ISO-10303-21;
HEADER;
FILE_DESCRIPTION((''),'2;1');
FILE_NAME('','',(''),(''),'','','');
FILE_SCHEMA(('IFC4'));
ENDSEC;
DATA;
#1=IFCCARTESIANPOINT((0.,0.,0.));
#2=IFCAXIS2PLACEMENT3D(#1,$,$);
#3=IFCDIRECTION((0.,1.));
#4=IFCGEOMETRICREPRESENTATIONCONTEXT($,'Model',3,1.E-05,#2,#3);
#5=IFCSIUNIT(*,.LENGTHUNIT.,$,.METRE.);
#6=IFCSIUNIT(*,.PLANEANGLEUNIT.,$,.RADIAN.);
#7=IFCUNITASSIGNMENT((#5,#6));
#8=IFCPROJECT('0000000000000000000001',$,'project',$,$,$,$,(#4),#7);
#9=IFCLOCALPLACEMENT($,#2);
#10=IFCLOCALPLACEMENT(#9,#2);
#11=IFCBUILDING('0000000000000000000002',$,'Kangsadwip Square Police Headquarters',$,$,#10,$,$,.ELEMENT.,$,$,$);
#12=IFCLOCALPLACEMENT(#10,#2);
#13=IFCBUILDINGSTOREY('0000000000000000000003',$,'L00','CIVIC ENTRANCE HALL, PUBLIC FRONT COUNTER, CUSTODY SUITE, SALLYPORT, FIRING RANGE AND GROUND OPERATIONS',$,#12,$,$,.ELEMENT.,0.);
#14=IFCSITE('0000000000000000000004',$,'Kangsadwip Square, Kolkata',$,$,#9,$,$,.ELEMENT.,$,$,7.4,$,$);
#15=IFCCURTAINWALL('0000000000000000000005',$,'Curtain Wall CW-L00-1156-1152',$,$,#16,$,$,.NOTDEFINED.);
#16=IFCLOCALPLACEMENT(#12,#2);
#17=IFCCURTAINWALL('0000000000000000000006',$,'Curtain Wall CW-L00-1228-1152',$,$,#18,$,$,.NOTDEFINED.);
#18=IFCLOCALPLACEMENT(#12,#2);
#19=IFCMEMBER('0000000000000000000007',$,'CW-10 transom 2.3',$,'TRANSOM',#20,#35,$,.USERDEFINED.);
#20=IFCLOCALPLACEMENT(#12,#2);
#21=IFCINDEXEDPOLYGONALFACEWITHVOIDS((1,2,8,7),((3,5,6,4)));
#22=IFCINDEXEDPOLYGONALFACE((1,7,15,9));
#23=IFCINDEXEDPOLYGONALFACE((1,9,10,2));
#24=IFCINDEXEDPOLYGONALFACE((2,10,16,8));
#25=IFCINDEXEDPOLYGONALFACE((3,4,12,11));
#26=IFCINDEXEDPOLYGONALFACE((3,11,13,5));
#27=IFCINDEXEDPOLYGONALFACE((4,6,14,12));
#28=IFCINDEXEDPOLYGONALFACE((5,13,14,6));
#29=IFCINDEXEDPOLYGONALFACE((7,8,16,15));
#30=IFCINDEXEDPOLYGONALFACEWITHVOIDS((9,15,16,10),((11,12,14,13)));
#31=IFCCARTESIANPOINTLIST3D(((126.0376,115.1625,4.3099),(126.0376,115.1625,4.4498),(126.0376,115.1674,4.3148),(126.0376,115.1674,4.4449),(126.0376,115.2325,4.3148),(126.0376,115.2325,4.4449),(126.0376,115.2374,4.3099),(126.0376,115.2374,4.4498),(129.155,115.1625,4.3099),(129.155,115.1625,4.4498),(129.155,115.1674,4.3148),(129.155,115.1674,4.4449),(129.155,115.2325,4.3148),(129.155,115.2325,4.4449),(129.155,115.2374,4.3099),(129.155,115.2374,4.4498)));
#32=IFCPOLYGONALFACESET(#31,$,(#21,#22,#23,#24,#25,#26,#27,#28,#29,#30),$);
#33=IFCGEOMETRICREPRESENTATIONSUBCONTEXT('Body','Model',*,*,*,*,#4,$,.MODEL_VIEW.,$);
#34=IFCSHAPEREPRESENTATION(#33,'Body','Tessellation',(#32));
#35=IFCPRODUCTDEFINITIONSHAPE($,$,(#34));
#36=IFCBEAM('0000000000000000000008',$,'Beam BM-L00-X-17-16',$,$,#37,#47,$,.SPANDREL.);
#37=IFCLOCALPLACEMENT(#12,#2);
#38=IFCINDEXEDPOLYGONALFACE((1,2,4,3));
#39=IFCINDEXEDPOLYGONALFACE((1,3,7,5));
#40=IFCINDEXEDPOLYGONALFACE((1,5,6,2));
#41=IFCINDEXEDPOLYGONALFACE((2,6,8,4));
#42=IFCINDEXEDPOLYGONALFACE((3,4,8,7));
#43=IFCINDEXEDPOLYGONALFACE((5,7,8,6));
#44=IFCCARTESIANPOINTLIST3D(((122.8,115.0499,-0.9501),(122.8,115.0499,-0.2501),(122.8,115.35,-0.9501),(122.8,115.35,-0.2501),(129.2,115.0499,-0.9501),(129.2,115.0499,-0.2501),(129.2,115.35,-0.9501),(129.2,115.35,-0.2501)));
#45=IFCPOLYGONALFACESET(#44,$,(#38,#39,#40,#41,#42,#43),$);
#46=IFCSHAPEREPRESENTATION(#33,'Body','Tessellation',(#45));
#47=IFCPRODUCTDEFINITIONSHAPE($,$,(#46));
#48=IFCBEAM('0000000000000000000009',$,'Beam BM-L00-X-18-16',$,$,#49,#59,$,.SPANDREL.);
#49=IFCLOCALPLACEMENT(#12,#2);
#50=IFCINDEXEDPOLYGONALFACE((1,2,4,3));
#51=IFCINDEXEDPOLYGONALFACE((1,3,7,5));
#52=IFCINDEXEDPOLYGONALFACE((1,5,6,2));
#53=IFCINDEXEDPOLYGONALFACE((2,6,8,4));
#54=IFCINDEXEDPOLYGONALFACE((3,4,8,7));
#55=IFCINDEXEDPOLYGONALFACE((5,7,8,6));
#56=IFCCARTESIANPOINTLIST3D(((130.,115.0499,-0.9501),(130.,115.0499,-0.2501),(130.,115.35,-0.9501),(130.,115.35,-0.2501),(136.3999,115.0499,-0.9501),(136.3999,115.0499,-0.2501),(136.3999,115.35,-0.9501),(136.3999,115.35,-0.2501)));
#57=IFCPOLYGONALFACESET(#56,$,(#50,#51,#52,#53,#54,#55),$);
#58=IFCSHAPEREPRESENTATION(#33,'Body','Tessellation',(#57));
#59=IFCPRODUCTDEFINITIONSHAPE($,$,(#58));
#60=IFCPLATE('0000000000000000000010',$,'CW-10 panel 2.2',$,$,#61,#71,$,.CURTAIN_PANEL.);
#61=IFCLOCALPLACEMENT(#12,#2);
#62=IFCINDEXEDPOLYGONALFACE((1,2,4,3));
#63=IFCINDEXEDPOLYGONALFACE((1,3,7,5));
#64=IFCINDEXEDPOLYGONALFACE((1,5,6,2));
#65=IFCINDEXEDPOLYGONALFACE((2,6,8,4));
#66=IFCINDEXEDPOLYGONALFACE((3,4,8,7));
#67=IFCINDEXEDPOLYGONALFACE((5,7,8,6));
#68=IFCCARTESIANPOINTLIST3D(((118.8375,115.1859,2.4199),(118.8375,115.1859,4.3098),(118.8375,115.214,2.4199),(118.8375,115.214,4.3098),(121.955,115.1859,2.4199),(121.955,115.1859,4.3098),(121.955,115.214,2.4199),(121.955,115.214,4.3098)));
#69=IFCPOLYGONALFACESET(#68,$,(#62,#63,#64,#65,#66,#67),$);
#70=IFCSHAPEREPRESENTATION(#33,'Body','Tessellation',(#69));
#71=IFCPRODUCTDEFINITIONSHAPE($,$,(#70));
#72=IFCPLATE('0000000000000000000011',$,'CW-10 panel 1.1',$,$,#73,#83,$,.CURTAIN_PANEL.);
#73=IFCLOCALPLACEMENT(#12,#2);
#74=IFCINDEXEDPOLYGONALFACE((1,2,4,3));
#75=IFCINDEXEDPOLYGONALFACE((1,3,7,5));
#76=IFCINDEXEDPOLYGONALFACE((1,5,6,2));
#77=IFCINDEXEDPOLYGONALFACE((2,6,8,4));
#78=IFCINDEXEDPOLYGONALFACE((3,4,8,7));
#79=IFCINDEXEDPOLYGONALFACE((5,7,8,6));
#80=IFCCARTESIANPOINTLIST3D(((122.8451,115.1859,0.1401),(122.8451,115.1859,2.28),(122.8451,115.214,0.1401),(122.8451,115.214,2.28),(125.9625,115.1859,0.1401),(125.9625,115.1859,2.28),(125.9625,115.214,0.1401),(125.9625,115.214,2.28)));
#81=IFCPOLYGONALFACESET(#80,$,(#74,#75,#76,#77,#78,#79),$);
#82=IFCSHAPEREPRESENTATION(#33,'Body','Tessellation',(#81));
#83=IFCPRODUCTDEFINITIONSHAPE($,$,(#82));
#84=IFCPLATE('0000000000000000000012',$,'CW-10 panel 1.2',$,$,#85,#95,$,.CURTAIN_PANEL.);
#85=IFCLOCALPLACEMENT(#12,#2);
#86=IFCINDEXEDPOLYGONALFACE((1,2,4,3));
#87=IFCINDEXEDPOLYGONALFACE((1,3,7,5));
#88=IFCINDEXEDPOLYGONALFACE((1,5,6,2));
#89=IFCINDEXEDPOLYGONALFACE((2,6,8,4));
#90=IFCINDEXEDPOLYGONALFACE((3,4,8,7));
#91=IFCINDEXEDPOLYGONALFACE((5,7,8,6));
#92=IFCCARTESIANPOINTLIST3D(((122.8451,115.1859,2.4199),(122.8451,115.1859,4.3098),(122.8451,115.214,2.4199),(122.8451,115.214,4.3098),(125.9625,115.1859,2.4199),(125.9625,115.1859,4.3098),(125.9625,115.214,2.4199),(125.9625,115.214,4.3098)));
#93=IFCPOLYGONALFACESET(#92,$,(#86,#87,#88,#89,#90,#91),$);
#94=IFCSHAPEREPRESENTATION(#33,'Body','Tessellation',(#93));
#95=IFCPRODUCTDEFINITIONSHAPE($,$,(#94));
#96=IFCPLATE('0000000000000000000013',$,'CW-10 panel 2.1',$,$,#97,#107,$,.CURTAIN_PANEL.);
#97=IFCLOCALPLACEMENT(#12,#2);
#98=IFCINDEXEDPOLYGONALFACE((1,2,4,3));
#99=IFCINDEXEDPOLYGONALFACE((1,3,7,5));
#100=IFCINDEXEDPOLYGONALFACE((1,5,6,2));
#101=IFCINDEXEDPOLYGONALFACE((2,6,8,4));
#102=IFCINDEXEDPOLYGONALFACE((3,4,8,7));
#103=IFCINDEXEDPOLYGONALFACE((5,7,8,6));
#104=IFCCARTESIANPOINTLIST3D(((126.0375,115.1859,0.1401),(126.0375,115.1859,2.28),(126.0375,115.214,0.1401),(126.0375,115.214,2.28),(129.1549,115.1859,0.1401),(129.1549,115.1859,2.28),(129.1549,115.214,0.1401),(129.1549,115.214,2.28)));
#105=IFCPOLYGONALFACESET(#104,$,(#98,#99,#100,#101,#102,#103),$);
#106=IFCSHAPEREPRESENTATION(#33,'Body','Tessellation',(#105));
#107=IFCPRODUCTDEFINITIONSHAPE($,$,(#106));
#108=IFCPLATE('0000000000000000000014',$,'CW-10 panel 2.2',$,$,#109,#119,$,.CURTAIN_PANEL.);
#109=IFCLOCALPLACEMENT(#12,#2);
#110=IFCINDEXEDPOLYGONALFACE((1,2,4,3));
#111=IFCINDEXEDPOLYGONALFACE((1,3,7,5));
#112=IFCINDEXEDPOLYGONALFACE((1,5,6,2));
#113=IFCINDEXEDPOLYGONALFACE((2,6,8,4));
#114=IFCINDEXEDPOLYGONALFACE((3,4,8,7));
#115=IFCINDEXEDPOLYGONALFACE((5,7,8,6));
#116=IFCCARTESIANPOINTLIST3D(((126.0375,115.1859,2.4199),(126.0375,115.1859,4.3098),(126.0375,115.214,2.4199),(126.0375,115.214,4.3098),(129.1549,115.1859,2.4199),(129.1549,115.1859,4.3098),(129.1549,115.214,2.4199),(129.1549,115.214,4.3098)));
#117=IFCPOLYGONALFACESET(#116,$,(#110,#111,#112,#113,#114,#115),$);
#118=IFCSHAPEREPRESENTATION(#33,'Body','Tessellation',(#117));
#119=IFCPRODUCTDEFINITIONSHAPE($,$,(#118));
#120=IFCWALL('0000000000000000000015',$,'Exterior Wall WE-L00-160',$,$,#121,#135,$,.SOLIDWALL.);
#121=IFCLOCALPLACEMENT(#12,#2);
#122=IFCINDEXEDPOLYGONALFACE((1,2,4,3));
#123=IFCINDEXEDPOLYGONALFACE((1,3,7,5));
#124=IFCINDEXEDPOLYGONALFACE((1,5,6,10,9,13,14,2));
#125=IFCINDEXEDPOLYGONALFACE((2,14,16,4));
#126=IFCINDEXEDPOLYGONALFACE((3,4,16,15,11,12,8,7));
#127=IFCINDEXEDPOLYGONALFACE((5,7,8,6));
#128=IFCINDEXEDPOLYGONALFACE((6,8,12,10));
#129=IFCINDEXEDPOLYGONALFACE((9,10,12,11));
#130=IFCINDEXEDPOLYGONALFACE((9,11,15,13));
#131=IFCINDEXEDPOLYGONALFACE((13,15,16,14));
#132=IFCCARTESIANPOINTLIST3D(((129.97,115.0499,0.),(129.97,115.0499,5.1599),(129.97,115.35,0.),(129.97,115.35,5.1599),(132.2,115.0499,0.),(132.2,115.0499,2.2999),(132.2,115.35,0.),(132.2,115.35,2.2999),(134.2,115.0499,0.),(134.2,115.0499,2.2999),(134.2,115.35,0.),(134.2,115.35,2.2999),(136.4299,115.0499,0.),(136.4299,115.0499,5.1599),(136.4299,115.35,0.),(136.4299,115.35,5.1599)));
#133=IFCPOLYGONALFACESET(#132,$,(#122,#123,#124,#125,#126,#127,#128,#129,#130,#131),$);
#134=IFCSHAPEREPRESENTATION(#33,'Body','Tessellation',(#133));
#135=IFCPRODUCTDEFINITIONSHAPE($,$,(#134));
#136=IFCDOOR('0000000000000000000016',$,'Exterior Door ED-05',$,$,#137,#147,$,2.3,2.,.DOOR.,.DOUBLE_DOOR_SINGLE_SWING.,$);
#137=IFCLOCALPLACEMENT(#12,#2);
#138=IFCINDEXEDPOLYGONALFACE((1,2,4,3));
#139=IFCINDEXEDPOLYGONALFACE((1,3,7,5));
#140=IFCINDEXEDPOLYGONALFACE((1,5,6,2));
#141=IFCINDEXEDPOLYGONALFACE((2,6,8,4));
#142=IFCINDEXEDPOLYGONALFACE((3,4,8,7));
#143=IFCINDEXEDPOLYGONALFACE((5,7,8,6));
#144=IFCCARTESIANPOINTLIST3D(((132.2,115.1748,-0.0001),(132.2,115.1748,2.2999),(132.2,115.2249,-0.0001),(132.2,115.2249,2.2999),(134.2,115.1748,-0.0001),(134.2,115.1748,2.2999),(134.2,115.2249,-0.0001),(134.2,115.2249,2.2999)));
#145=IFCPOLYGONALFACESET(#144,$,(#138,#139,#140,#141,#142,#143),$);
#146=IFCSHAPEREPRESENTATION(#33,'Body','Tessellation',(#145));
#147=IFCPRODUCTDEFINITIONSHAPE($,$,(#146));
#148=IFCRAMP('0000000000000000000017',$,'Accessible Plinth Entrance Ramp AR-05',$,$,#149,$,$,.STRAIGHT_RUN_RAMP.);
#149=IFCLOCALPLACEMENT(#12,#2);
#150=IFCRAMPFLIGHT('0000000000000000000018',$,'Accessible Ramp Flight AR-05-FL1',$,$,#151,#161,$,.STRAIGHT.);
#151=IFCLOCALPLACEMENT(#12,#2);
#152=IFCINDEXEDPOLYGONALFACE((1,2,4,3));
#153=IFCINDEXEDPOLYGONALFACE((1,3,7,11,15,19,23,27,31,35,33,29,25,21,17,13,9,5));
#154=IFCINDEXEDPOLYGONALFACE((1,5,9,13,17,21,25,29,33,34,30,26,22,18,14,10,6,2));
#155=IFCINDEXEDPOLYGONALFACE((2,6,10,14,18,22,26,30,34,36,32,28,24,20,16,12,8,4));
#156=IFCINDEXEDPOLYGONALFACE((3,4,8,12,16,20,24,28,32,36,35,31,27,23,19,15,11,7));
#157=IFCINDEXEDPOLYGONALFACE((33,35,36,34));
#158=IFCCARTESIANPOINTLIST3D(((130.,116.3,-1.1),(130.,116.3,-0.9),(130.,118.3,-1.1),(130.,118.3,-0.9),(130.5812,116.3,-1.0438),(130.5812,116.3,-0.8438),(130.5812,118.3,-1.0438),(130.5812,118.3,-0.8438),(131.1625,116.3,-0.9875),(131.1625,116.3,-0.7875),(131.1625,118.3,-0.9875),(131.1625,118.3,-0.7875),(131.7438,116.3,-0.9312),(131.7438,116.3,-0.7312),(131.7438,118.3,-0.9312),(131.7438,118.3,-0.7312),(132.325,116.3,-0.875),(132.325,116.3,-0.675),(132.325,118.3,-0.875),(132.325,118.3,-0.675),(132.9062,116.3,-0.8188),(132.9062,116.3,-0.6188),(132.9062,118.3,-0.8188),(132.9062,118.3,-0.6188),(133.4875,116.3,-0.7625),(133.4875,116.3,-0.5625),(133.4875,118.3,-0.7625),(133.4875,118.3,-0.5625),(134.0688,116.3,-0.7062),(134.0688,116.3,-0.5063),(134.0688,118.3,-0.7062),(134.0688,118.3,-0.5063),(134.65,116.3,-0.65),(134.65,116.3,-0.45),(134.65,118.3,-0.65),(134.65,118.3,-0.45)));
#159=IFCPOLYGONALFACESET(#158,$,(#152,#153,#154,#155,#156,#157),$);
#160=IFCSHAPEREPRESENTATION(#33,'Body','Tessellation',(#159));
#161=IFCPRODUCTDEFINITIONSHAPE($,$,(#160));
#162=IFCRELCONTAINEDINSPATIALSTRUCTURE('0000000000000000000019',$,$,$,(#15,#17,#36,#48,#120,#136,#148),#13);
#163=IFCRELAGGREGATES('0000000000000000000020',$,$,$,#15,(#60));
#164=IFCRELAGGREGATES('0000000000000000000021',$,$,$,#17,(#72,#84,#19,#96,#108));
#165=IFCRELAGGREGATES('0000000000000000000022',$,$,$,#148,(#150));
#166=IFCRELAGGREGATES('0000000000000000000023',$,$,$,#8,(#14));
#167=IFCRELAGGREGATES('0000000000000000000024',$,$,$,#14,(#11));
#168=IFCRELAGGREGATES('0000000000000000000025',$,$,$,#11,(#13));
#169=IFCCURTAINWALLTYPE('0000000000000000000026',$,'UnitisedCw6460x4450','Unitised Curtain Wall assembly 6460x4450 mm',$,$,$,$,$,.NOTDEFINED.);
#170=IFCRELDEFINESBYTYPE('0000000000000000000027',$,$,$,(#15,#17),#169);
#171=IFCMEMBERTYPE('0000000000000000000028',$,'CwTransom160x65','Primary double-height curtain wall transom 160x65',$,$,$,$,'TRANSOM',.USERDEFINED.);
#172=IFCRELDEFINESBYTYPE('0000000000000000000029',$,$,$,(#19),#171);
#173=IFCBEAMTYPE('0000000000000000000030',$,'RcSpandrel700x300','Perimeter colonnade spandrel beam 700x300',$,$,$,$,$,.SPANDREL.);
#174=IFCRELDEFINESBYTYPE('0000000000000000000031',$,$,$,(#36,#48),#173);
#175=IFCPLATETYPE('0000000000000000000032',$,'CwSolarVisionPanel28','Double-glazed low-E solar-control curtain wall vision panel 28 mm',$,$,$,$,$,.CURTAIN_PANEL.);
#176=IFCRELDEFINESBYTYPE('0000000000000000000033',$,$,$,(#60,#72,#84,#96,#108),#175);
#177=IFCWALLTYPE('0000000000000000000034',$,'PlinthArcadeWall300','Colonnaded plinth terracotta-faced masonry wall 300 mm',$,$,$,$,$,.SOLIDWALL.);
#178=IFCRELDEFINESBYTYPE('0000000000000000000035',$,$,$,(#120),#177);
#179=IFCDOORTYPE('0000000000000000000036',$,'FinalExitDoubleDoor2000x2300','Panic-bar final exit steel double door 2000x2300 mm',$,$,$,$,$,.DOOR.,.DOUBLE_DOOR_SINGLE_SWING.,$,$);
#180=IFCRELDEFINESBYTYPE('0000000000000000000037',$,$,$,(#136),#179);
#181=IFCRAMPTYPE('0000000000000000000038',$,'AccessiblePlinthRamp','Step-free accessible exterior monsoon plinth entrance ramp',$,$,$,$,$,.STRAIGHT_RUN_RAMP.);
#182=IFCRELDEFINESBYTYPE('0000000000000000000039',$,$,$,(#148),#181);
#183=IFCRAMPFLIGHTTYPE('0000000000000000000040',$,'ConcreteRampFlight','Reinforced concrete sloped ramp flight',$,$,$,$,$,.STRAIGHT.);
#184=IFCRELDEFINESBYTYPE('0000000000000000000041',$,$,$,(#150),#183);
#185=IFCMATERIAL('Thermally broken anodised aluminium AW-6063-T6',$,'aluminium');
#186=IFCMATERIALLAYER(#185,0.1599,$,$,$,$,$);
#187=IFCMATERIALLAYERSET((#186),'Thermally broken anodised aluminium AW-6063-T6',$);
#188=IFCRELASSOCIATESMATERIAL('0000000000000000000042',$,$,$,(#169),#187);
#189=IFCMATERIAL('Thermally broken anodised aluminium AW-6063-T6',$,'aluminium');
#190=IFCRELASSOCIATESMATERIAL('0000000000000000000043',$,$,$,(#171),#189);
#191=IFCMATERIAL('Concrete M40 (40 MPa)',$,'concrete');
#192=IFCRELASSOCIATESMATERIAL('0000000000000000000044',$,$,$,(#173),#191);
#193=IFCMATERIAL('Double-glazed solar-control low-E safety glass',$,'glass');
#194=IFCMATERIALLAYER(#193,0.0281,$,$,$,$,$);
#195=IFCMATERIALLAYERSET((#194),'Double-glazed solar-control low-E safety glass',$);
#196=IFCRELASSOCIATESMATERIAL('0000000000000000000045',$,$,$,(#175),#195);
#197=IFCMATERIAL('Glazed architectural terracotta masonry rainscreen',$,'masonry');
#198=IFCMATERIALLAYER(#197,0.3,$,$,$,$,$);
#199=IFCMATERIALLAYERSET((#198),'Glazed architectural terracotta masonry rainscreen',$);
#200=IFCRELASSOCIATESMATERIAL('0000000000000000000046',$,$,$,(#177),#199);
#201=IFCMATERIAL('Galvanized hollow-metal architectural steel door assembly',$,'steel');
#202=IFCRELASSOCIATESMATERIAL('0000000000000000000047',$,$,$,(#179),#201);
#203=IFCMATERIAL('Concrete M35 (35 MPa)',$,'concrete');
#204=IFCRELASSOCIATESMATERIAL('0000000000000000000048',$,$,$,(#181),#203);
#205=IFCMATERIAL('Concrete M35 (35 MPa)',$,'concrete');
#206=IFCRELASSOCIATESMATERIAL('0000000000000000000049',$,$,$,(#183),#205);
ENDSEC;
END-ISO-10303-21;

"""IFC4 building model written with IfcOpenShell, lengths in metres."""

from ifc_helpers import new_model, si_unit, direction, frame, frame_2d, origin, origin_2d, place, context, subcontext, project, spatial, polyline, rectangle, hollow_rectangle, outline, extrude, material, layer, layer_set, material_profile, profile_set, type_object, element, fill, aggregate, save


model = new_model("IFC4")

# Units and contexts
model_context = context("Model", 3, precision=1e-05, world=origin(), true_north=direction((0.0, 1.0)))
body_context = subcontext(model_context, "Body", "Model", "MODEL_VIEW")
ifc_project = project(units=[si_unit("LENGTHUNIT", "METRE"), si_unit("PLANEANGLEUNIT", "RADIAN")], contexts=[model_context])

# Site, building, storey
site_placement = place(None, origin())
site = spatial("IfcSite", under=ifc_project, at=site_placement, Name="Kangsadwip Square, Kolkata", CompositionType="ELEMENT", RefElevation=7.4)
building_placement = place(site_placement, origin())
building = spatial("IfcBuilding", under=site, at=building_placement, Name="Kangsadwip Square Police Headquarters", CompositionType="ELEMENT")
storey_placement = place(building_placement, origin())
storey = spatial("IfcBuildingStorey", under=building, at=storey_placement, Name="L00", Description="CIVIC ENTRANCE HALL, PUBLIC FRONT COUNTER, CUSTODY SUITE, SALLYPORT, FIRING RANGE AND GROUND OPERATIONS", CompositionType="ELEMENT", Elevation=0.0)

# Curtain wall
ifc_material_1 = material(Name="Thermally broken anodised aluminium AW-6063-T6", Category="aluminium")
ifc_layer_1 = layer(ifc_material_1, 0.1599)
ifc_layer_set_1 = layer_set([ifc_layer_1], Name="Thermally broken anodised aluminium AW-6063-T6")
curtain_wall_type = type_object("IfcCurtainWallType", Name="UnitisedCw6460x4450", Description="Unitised Curtain Wall assembly 6460x4450 mm", PredefinedType="NOTDEFINED", material=ifc_layer_set_1)
curtain_wall_1_placement = place(storey_placement, origin())
curtain_wall_1 = element("IfcCurtainWall", 1, at=curtain_wall_1_placement, inside=storey, type_object=curtain_wall_type, Name="Curtain Wall CW-L00-1156-1152", PredefinedType="NOTDEFINED")

# Curtain wall, member
curtain_wall_2_placement = place(storey_placement, origin())
curtain_wall_2 = element("IfcCurtainWall", 2, at=curtain_wall_2_placement, inside=storey, type_object=curtain_wall_type, Name="Curtain Wall CW-L00-1228-1152", PredefinedType="NOTDEFINED")
ifc_material_2 = material(Name="Thermally broken anodised aluminium AW-6063-T6", Category="aluminium")
ifc_material_profile_1 = material_profile(ifc_material_2, hollow_rectangle(XDim=0.075, YDim=0.1399, WallThickness=0.0049, at=origin_2d()), Name="CWT 140X75X5")
ifc_profile_set_1 = profile_set([ifc_material_profile_1], Name="Thermally broken anodised aluminium AW-6063-T6")
member_type_1 = type_object("IfcMemberType", Name="CwTransom160x65", Description="Primary double-height curtain wall transom 160x65", ElementType="TRANSOM", PredefinedType="USERDEFINED", material=ifc_profile_set_1)
member_1_placement = place(storey_placement, frame((126.0376, 115.2, 4.3799), z_axis=(1.0, 0.0, 0.0), x_axis=(0.0, 1.0, 0.0)))
member_1 = element("IfcMember", 3, at=member_1_placement, type_object=member_type_1, Name="CW-10 transom 2.3", ObjectType="TRANSOM", PredefinedType="USERDEFINED", context=body_context, shape_type="SweptSolid", body=[
    extrude(hollow_rectangle(XDim=0.075, YDim=0.1399, WallThickness=0.0049, at=origin_2d()), origin(), (0.0, 0.0, 1.0), 3.1174),
])

# Beams
ifc_material_3 = material(Name="Concrete M40 (40 MPa)", Category="concrete")
ifc_material_profile_2 = material_profile(ifc_material_3, rectangle(XDim=0.3, YDim=0.7, at=origin_2d()), Name="RC SPN 700X300")
ifc_profile_set_2 = profile_set([ifc_material_profile_2], Name="Concrete M40 (40 MPa)")
beam_type = type_object("IfcBeamType", Name="RcSpandrel700x300", Description="Perimeter colonnade spandrel beam 700x300", PredefinedType="SPANDREL", material=ifc_profile_set_2)
for number, where, z_axis, x_axis, name in (
    (4, (122.8, 115.2, -0.6001), (1.0, 0.0, 0.0), (0.0, 1.0, 0.0), "Beam BM-L00-X-17-16"),
    (5, (130.0, 115.2, -0.6001), (1.0, 0.0, 0.0), (0.0, 1.0, 0.0), "Beam BM-L00-X-18-16"),
):
    element("IfcBeam", number, at=place(storey_placement, frame(where, z_axis=z_axis, x_axis=x_axis)), inside=storey, type_object=beam_type, Name=name, PredefinedType="SPANDREL", context=body_context, shape_type="SweptSolid", body=[
        extrude(rectangle(XDim=0.3, YDim=0.7, at=origin_2d()), origin(), (0.0, 0.0, 1.0), 6.3999),
    ])

# Plates
ifc_material_4 = material(Name="Double-glazed solar-control low-E safety glass", Category="glass")
ifc_layer_2 = layer(ifc_material_4, 0.0281)
ifc_layer_set_2 = layer_set([ifc_layer_2], Name="Double-glazed solar-control low-E safety glass")
plate_type = type_object("IfcPlateType", Name="CwSolarVisionPanel28", Description="Double-glazed low-E solar-control curtain wall vision panel 28 mm", PredefinedType="CURTAIN_PANEL", material=ifc_layer_set_2)
plate_1_placement = place(storey_placement, frame((120.3962, 115.2, 2.4199), z_axis=(0.0, 0.0, 1.0), x_axis=(1.0, 0.0, 0.0)))
plate_1 = element("IfcPlate", 6, at=plate_1_placement, type_object=plate_type, Name="CW-10 panel 2.2", PredefinedType="CURTAIN_PANEL", context=body_context, shape_type="SweptSolid", body=[
    extrude(rectangle(XDim=3.1174, YDim=0.0281, at=origin_2d()), origin(), (0.0, 0.0, 1.0), 1.8899),
])
aggregate(curtain_wall_1, [plate_1])
plate_2_placement = place(storey_placement, frame((124.4038, 115.2, 0.1401), z_axis=(0.0, 0.0, 1.0), x_axis=(1.0, 0.0, 0.0)))
plate_2 = element("IfcPlate", 7, at=plate_2_placement, type_object=plate_type, Name="CW-10 panel 1.1", PredefinedType="CURTAIN_PANEL", context=body_context, shape_type="SweptSolid", body=[
    extrude(rectangle(XDim=3.1174, YDim=0.0281, at=origin_2d()), origin(), (0.0, 0.0, 1.0), 2.1399),
])
plate_3_placement = place(storey_placement, frame((124.4038, 115.2, 2.4199), z_axis=(0.0, 0.0, 1.0), x_axis=(1.0, 0.0, 0.0)))
plate_3 = element("IfcPlate", 8, at=plate_3_placement, type_object=plate_type, Name="CW-10 panel 1.2", PredefinedType="CURTAIN_PANEL", context=body_context, shape_type="SweptSolid", body=[
    extrude(rectangle(XDim=3.1174, YDim=0.0281, at=origin_2d()), origin(), (0.0, 0.0, 1.0), 1.8899),
])
plate_4_placement = place(storey_placement, frame((127.5962, 115.2, 0.1401), z_axis=(0.0, 0.0, 1.0), x_axis=(1.0, 0.0, 0.0)))
plate_4 = element("IfcPlate", 9, at=plate_4_placement, type_object=plate_type, Name="CW-10 panel 2.1", PredefinedType="CURTAIN_PANEL", context=body_context, shape_type="SweptSolid", body=[
    extrude(rectangle(XDim=3.1174, YDim=0.0281, at=origin_2d()), origin(), (0.0, 0.0, 1.0), 2.1399),
])
plate_5_placement = place(storey_placement, frame((127.5962, 115.2, 2.4199), z_axis=(0.0, 0.0, 1.0), x_axis=(1.0, 0.0, 0.0)))
plate_5 = element("IfcPlate", 10, at=plate_5_placement, type_object=plate_type, Name="CW-10 panel 2.2", PredefinedType="CURTAIN_PANEL", context=body_context, shape_type="SweptSolid", body=[
    extrude(rectangle(XDim=3.1174, YDim=0.0281, at=origin_2d()), origin(), (0.0, 0.0, 1.0), 1.8899),
])
aggregate(curtain_wall_2, [plate_2, plate_3, member_1, plate_4, plate_5])

# Wall, opening, door
ifc_material_5 = material(Name="Glazed architectural terracotta masonry rainscreen", Category="masonry")
ifc_layer_3 = layer(ifc_material_5, 0.3)
ifc_layer_set_3 = layer_set([ifc_layer_3], Name="Glazed architectural terracotta masonry rainscreen")
wall_type = type_object("IfcWallType", Name="PlinthArcadeWall300", Description="Colonnaded plinth terracotta-faced masonry wall 300 mm", PredefinedType="SOLIDWALL", material=ifc_layer_set_3)
wall_placement = place(storey_placement, frame((129.97, 115.2, 0.0), z_axis=(0.0, 0.0, 1.0), x_axis=(1.0, 0.0, 0.0)))
wall = element("IfcWall", 11, at=wall_placement, inside=storey, type_object=wall_type, Name="Exterior Wall WE-L00-160", PredefinedType="SOLIDWALL", context=body_context, shape_type="SweptSolid", body=[
    extrude(rectangle(XDim=6.46, YDim=0.3, at=frame_2d((3.23, 0.0))), origin(), (0.0, 0.0, 1.0), 5.1599),
])
opening_placement = place(wall_placement, frame((2.23, 0.0, 0.0)))
opening = element("IfcOpeningElement", 12, at=opening_placement, cuts=wall, PredefinedType="OPENING", context=body_context, shape_type="SweptSolid", body=[
    extrude(rectangle(XDim=2.0, YDim=2.3, at=frame_2d((1.0, 1.1499))), frame((0.0, 0.1599, 0.0), z_axis=(0.0, -1.0, 0.0), x_axis=(1.0, 0.0, 0.0)), (0.0, 0.0, 1.0), 0.3201),
])
ifc_material_6 = material(Name="Galvanized hollow-metal architectural steel door assembly", Category="steel")
door_type = type_object("IfcDoorType", Name="FinalExitDoubleDoor2000x2300", Description="Panic-bar final exit steel double door 2000x2300 mm", OperationType="DOUBLE_DOOR_SINGLE_SWING", PredefinedType="DOOR", material=ifc_material_6)
door_placement = place(opening_placement, origin())
door = element("IfcDoor", 13, at=door_placement, inside=storey, type_object=door_type, Name="Exterior Door ED-05", OperationType="DOUBLE_DOOR_SINGLE_SWING", OverallHeight=2.3, OverallWidth=2.0, PredefinedType="DOOR", context=body_context, shape_type="SweptSolid", body=[
    extrude(rectangle(XDim=2.0, YDim=2.3, at=frame_2d((1.0, 1.1499))), frame((0.0, 0.0249, 0.0), z_axis=(0.0, -1.0, 0.0), x_axis=(1.0, 0.0, 0.0)), (0.0, 0.0, 1.0), 0.05),
])
fill(opening, door)

# Ramp, ramp flight
ifc_material_7 = material(Name="Concrete M35 (35 MPa)", Category="concrete")
ramp_type = type_object("IfcRampType", Name="AccessiblePlinthRamp", Description="Step-free accessible exterior monsoon plinth entrance ramp", PredefinedType="STRAIGHT_RUN_RAMP", material=ifc_material_7)
ramp_placement = place(storey_placement, origin())
ramp = element("IfcRamp", 14, at=ramp_placement, inside=storey, type_object=ramp_type, Name="Accessible Plinth Entrance Ramp AR-05", PredefinedType="STRAIGHT_RUN_RAMP")
ifc_material_8 = material(Name="Concrete M35 (35 MPa)", Category="concrete")
ramp_flight_type = type_object("IfcRampFlightType", Name="ConcreteRampFlight", Description="Reinforced concrete sloped ramp flight", PredefinedType="STRAIGHT", material=ifc_material_8)
ramp_flight_placement = place(storey_placement, frame((130.0, 118.3, -0.9), z_axis=(0.0, -1.0, 0.0), x_axis=(1.0, 0.0, 0.0)))
ramp_flight = element("IfcRampFlight", 15, at=ramp_flight_placement, type_object=ramp_flight_type, Name="Accessible Ramp Flight AR-05-FL1", PredefinedType="STRAIGHT", context=body_context, shape_type="SweptSolid", body=[
    extrude(outline(polyline([(0.0, 0.0), (0.5813, 0.0563), (1.1625, 0.1125), (1.7437, 0.1688), (2.325, 0.225), (2.9062, 0.2812), (3.4875, 0.3375), (4.0687, 0.3937), (4.65, 0.45), (4.65, 0.25), (4.0687, 0.1938), (3.4875, 0.1375), (2.9062, 0.0813), (2.325, 0.025), (1.7437, -0.0312), (1.1625, -0.0875), (0.5813, -0.1437), (0.0, -0.2), (0.0, 0.0)])), origin(), (0.0, 0.0, 1.0), 2.0),
])
aggregate(ramp, [ramp_flight])

save(model, "model.ifc")
